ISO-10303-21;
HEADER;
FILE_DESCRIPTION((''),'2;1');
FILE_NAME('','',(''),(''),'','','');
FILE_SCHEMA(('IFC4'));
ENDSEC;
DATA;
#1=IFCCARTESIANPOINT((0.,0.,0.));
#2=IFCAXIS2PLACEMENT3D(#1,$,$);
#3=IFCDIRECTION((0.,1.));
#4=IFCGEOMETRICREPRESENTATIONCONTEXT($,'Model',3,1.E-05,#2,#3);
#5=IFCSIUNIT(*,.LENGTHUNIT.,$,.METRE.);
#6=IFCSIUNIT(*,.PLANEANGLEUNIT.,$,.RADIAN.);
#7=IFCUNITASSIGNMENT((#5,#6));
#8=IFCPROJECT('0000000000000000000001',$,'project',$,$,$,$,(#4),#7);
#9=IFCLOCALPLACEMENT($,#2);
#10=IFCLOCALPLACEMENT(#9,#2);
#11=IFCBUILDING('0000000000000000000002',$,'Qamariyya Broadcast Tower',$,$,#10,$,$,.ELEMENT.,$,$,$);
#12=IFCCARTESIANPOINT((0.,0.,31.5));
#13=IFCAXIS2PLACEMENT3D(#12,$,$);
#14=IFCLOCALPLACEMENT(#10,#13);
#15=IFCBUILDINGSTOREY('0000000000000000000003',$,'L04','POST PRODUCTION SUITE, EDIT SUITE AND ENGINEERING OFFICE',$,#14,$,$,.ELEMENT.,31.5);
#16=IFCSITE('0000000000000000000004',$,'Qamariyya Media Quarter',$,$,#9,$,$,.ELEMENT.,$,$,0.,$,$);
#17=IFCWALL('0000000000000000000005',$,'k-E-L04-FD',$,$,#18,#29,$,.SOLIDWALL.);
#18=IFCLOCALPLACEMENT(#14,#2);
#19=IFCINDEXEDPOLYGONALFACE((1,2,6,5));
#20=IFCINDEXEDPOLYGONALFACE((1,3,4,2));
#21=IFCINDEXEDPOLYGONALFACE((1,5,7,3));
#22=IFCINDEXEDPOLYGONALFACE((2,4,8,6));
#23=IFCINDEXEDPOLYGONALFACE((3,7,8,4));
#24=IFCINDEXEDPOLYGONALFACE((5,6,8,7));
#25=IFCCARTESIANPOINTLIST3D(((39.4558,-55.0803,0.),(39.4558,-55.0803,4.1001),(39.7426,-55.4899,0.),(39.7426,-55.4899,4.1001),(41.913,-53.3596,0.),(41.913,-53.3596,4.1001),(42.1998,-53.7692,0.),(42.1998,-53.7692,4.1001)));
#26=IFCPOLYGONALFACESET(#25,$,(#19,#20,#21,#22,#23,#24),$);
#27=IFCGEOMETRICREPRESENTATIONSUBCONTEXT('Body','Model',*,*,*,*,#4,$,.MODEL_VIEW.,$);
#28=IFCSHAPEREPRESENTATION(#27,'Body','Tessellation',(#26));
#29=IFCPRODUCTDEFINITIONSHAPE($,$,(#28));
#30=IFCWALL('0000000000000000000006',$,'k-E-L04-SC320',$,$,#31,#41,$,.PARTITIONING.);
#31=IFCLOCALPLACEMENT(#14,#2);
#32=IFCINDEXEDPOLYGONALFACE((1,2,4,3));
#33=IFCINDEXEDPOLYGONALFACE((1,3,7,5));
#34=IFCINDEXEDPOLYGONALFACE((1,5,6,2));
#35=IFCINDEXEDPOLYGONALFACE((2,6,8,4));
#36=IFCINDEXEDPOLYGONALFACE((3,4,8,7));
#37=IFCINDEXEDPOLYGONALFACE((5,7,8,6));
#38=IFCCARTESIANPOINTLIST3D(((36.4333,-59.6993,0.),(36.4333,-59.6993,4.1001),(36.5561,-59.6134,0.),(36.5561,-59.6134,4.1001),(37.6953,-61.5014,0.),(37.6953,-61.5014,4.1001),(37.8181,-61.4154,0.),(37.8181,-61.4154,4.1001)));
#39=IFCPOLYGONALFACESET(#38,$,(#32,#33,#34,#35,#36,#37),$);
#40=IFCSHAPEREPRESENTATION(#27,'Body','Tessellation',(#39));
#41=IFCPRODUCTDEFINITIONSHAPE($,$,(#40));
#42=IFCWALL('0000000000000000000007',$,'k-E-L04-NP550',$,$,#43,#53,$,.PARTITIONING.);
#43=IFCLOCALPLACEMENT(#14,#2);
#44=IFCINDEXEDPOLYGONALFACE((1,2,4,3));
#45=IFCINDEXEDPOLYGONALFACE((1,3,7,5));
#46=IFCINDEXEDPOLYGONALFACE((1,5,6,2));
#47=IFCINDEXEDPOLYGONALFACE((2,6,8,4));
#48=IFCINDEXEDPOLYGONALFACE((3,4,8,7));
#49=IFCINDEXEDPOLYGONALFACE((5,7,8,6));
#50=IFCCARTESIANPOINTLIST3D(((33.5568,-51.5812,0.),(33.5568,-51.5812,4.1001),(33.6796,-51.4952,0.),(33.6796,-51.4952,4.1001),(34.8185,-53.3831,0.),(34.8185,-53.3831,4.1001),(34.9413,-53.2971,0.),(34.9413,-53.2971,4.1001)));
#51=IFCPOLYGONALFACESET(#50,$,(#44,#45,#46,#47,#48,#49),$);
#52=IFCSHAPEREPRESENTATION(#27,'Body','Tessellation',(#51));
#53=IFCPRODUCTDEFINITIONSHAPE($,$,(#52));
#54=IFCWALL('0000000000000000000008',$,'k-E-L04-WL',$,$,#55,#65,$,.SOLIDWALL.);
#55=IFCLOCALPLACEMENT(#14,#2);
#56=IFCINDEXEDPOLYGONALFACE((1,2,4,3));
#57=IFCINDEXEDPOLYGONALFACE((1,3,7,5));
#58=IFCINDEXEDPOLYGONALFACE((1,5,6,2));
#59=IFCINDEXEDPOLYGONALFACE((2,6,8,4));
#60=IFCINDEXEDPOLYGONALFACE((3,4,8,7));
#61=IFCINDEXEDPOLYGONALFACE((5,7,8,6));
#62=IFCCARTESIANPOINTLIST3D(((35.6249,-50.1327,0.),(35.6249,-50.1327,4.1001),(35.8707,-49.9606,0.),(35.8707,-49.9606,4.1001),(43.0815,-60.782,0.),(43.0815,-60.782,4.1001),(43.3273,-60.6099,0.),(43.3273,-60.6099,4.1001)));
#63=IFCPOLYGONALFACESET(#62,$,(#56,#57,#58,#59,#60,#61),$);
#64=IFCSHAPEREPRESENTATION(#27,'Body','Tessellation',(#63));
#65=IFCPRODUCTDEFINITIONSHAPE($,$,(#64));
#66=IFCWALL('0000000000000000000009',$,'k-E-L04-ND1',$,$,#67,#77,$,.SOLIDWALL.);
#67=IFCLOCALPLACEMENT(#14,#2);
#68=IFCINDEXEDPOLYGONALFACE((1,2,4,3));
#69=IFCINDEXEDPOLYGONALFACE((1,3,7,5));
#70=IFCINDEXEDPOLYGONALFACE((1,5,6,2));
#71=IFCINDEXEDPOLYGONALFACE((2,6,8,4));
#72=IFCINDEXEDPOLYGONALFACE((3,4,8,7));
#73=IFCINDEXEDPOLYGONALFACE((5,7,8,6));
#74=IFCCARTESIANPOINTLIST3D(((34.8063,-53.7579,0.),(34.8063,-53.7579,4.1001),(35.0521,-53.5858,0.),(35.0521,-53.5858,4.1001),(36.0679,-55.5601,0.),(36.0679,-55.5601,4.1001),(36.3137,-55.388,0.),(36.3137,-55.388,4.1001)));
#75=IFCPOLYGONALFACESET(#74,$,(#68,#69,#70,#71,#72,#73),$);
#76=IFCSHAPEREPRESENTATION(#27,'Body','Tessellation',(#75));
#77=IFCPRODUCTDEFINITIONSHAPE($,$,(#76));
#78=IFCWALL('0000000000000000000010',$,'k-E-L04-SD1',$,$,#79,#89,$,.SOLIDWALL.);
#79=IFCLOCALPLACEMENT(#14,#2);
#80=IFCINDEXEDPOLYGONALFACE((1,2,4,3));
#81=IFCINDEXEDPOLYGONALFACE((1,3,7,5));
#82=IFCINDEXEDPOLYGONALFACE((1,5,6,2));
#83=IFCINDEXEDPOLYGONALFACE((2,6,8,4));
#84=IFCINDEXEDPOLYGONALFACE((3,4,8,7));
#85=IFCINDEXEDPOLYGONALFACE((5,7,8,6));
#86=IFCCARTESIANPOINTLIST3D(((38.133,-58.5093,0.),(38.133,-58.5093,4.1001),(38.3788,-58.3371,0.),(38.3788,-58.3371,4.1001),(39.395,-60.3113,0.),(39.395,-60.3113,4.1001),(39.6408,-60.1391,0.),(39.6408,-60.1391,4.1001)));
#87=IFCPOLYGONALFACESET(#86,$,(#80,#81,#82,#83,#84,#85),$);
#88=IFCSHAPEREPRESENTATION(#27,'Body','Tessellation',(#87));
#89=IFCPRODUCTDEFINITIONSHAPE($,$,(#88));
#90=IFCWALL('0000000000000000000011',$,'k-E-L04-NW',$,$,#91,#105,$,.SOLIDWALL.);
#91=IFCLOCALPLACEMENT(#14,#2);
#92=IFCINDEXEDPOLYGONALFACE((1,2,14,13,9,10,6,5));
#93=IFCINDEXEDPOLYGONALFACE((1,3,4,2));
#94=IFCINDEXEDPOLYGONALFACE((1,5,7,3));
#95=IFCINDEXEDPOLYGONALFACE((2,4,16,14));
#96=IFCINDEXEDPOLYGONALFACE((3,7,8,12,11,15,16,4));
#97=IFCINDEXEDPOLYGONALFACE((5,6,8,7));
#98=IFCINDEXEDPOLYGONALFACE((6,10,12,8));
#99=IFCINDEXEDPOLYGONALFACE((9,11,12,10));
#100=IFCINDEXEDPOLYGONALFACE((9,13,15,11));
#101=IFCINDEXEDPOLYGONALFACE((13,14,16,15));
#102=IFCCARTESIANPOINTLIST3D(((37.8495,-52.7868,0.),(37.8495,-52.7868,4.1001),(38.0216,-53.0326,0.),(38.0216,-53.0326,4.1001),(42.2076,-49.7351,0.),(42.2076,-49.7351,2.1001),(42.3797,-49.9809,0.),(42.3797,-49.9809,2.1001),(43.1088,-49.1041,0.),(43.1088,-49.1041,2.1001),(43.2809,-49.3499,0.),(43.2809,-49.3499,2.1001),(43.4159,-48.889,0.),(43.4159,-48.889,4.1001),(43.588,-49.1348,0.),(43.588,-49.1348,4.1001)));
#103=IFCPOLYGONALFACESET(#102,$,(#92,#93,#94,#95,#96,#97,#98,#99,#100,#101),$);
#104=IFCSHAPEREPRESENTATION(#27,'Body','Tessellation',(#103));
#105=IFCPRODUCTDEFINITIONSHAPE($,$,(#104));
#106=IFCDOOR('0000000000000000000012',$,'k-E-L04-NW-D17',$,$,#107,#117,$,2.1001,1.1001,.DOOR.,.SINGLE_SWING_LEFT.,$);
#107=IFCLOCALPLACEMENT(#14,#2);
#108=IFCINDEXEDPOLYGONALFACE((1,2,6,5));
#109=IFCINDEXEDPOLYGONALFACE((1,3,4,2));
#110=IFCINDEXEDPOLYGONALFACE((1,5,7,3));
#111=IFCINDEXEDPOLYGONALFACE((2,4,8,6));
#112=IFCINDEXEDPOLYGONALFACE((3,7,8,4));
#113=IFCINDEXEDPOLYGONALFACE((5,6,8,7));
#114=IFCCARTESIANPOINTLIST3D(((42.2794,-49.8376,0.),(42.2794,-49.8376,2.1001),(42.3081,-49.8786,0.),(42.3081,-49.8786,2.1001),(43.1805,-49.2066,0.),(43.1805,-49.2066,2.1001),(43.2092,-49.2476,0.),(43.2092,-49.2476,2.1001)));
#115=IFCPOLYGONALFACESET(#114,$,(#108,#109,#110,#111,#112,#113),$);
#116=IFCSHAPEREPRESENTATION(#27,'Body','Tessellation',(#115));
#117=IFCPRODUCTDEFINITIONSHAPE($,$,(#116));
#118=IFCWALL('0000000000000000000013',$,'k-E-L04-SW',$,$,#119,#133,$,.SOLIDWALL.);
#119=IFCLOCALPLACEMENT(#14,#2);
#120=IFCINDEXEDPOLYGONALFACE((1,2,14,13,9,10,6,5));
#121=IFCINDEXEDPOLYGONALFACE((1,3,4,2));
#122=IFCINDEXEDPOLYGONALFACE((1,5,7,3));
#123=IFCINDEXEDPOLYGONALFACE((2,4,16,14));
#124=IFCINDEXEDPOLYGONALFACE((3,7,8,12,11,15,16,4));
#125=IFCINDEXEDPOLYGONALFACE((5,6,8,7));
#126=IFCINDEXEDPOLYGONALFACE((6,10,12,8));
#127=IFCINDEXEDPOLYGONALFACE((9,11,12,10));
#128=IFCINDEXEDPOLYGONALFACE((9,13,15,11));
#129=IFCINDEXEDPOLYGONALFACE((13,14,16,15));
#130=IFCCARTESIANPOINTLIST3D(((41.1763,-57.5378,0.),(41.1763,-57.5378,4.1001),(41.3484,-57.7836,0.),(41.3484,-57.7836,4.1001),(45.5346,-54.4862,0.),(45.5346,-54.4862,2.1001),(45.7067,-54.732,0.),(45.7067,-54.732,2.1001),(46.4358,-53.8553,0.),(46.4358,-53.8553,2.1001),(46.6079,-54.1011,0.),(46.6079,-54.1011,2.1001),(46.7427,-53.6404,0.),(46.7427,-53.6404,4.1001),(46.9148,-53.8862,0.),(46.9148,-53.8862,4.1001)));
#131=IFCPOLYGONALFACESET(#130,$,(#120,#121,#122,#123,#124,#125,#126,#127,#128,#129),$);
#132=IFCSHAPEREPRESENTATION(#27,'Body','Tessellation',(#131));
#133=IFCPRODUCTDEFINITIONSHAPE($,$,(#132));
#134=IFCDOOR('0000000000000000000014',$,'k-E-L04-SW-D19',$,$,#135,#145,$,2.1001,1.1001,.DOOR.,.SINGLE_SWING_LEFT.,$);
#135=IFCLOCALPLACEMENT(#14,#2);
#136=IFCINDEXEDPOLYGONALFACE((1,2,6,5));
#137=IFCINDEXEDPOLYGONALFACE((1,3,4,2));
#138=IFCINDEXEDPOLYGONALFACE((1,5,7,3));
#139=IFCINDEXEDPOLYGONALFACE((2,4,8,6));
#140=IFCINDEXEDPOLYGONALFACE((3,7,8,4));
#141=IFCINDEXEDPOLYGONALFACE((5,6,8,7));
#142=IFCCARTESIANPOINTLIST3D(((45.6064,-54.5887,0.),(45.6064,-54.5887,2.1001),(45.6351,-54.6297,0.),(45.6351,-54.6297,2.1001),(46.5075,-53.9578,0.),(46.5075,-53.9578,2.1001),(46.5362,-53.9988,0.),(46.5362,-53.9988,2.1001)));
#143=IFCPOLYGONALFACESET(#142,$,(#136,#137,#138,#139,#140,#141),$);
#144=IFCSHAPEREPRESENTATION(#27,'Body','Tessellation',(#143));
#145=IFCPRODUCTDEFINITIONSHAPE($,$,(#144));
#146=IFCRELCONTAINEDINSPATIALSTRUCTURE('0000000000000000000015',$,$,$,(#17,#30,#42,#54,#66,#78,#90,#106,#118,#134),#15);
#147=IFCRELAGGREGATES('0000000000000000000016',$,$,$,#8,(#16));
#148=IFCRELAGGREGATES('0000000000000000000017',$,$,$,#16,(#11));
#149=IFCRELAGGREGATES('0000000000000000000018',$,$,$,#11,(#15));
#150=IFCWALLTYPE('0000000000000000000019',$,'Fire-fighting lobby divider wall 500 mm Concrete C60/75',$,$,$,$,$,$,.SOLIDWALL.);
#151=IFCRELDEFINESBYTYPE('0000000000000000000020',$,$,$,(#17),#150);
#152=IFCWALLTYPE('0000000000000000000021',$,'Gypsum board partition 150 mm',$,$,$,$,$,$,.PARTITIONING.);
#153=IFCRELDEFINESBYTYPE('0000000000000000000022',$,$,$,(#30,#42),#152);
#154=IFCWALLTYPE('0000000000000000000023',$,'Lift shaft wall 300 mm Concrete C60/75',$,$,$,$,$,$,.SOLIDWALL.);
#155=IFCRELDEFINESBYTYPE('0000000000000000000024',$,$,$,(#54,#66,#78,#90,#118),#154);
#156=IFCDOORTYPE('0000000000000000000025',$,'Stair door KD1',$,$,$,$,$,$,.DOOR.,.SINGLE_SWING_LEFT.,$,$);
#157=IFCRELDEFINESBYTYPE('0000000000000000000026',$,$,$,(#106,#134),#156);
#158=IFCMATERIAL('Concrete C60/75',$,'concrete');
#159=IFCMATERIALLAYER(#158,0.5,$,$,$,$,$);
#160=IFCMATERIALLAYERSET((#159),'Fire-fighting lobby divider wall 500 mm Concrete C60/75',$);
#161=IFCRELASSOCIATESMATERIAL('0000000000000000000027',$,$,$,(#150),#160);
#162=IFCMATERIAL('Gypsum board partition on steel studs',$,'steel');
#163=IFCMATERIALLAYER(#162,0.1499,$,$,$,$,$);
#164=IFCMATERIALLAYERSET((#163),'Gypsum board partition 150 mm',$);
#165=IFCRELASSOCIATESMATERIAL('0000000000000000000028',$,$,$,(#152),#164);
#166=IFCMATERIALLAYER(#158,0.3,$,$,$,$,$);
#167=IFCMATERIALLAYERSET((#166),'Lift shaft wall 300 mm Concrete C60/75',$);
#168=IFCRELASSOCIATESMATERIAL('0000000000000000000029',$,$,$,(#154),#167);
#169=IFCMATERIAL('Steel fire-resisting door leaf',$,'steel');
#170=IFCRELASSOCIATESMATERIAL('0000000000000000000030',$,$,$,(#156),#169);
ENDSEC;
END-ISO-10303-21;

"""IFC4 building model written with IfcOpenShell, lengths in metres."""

from ifc_helpers import new_model, si_unit, direction, frame, frame_2d, origin, place, context, subcontext, project, spatial, rectangle, extrude, material, layer, layer_set, type_object, element, fill, save


model = new_model("IFC4")

# Units and contexts
model_context = context("Model", 3, precision=1e-05, world=origin(), true_north=direction((0.0, 1.0)))
body_context = subcontext(model_context, "Body", "Model", "MODEL_VIEW")
ifc_project = project(units=[si_unit("LENGTHUNIT", "METRE"), si_unit("PLANEANGLEUNIT", "RADIAN")], contexts=[model_context])

# Site, building, storey
site_placement = place(None, origin())
site = spatial("IfcSite", under=ifc_project, at=site_placement, Name="Qamariyya Media Quarter", CompositionType="ELEMENT", RefElevation=0.0)
building_placement = place(site_placement, origin())
building = spatial("IfcBuilding", under=site, at=building_placement, Name="Qamariyya Broadcast Tower", CompositionType="ELEMENT")
storey_placement = place(building_placement, frame((0.0, 0.0, 31.5)))
storey = spatial("IfcBuildingStorey", under=building, at=storey_placement, Name="L04", Description="POST PRODUCTION SUITE, EDIT SUITE AND ENGINEERING OFFICE", CompositionType="ELEMENT", Elevation=31.5)

# Walls
ifc_material_1 = material(Name="Concrete C60/75", Category="concrete")
ifc_layer_1 = layer(ifc_material_1, 0.5)
ifc_layer_set_1 = layer_set([ifc_layer_1], Name="Fire-fighting lobby divider wall 500 mm Concrete C60/75")
wall_type_1 = type_object("IfcWallType", Name="Fire-fighting lobby divider wall 500 mm Concrete C60/75", PredefinedType="SOLIDWALL", material=ifc_layer_set_1)
wall_1_placement = place(storey_placement, frame((39.5991, -55.2852, 0.0), z_axis=(0.0, 0.0, 1.0), x_axis=(0.819136, 0.573599, 0.0)))
element("IfcWall", 1, at=wall_1_placement, inside=storey, type_object=wall_type_1, Name="k-E-L04-FD", PredefinedType="SOLIDWALL", context=body_context, shape_type="SweptSolid", body=[
    extrude(rectangle(XDim=2.9998, YDim=0.5, at=frame_2d((1.5, 0.0))), origin(), (0.0, 0.0, 1.0), 4.1001),
])
ifc_material_2 = material(Name="Gypsum board partition on steel studs", Category="steel")
ifc_layer_2 = layer(ifc_material_2, 0.1499)
ifc_layer_set_2 = layer_set([ifc_layer_2], Name="Gypsum board partition 150 mm")
wall_type_2 = type_object("IfcWallType", Name="Gypsum board partition 150 mm", PredefinedType="PARTITIONING", material=ifc_layer_set_2)
wall_2_placement = place(storey_placement, frame((36.4946, -59.6562, 0.0), z_axis=(0.0, 0.0, 1.0), x_axis=(0.573634, -0.819112, 0.0)))
element("IfcWall", 2, at=wall_2_placement, inside=storey, type_object=wall_type_2, Name="k-E-L04-SC320", PredefinedType="PARTITIONING", context=body_context, shape_type="SweptSolid", body=[
    extrude(rectangle(XDim=2.2, YDim=0.1499, at=frame_2d((1.1001, 0.0))), origin(), (0.0, 0.0, 1.0), 4.1001),
])
wall_3_placement = place(storey_placement, frame((34.8799, -53.3401, 0.0), z_axis=(0.0, 0.0, 1.0), x_axis=(-0.573559, 0.819164, 0.0)))
element("IfcWall", 3, at=wall_3_placement, inside=storey, type_object=wall_type_2, Name="k-E-L04-NP550", PredefinedType="PARTITIONING", context=body_context, shape_type="SweptSolid", body=[
    extrude(rectangle(XDim=2.1997, YDim=0.1499, at=frame_2d((1.0999, 0.0))), origin(), (0.0, 0.0, 1.0), 4.1001),
])
ifc_layer_3 = layer(ifc_material_1, 0.3)
ifc_layer_set_3 = layer_set([ifc_layer_3], Name="Lift shaft wall 300 mm Concrete C60/75")
wall_type_3 = type_object("IfcWallType", Name="Lift shaft wall 300 mm Concrete C60/75", PredefinedType="SOLIDWALL", material=ifc_layer_set_3)
wall_4_placement = place(storey_placement, frame((43.2043, -60.6958, 0.0), z_axis=(0.0, 0.0, 1.0), x_axis=(-0.573572, 0.819155, 0.0)))
element("IfcWall", 4, at=wall_4_placement, inside=storey, type_object=wall_type_3, Name="k-E-L04-WL", PredefinedType="SOLIDWALL", context=body_context, shape_type="SweptSolid", body=[
    extrude(rectangle(XDim=13.0002, YDim=0.3, at=frame_2d((6.5, 0.0))), origin(), (0.0, 0.0, 1.0), 4.1001),
])
for number, where, z_axis, x_axis, name in (
    (5, (36.1909, -55.4741, 0.0), (0.0, 0.0, 1.0), (-0.573507, 0.819201, 0.0), "k-E-L04-ND1"),
    (6, (38.2559, -58.4231, 0.0), (0.0, 0.0, 1.0), (0.573634, -0.819112, 0.0), "k-E-L04-SD1"),
):
    element("IfcWall", number, at=place(storey_placement, frame(where, z_axis=z_axis, x_axis=x_axis)), inside=storey, type_object=wall_type_3, Name=name, PredefinedType="SOLIDWALL", context=body_context, shape_type="SweptSolid", body=[
        extrude(rectangle(XDim=2.2, YDim=0.3, at=frame_2d((1.1001, 0.0))), origin(), (0.0, 0.0, 1.0), 4.1001),
    ])

# Walls, openings, doors
wall_5_placement = place(storey_placement, frame((37.9355, -52.9097, 0.0), z_axis=(0.0, 0.0, 1.0), x_axis=(0.819148, 0.573583, 0.0)))
wall_5 = element("IfcWall", 7, at=wall_5_placement, inside=storey, type_object=wall_type_3, Name="k-E-L04-NW", PredefinedType="SOLIDWALL", context=body_context, shape_type="SweptSolid", body=[
    extrude(rectangle(XDim=6.7954, YDim=0.3, at=frame_2d((3.3977, 0.0))), origin(), (0.0, 0.0, 1.0), 4.1001),
])
opening_1_placement = place(wall_5_placement, frame((5.3203, 0.0, 0.0)))
opening_1 = element("IfcOpeningElement", 8, at=opening_1_placement, cuts=wall_5, PredefinedType="OPENING", context=body_context, shape_type="SweptSolid", body=[
    extrude(rectangle(XDim=1.1001, YDim=2.1001, at=frame_2d((0.55, 1.05))), frame((0.0, 0.1599, 0.0), z_axis=(0.0, -1.0, 0.0), x_axis=(1.0, 0.0, 0.0)), (0.0, 0.0, 1.0), 0.3201),
])
ifc_material_3 = material(Name="Steel fire-resisting door leaf", Category="steel")
door_type_1 = type_object("IfcDoorType", Name="Stair door KD1", OperationType="SINGLE_SWING_LEFT", PredefinedType="DOOR", material=ifc_material_3)
door_1_placement = place(opening_1_placement, origin())
door_1 = element("IfcDoor", 9, at=door_1_placement, inside=storey, type_object=door_type_1, Name="k-E-L04-NW-D17", OperationType="SINGLE_SWING_LEFT", OverallHeight=2.1001, OverallWidth=1.1001, PredefinedType="DOOR", context=body_context, shape_type="SweptSolid", body=[
    extrude(rectangle(XDim=1.1001, YDim=2.1001, at=frame_2d((0.55, 1.05))), frame((0.0, 0.0249, 0.0), z_axis=(0.0, -1.0, 0.0), x_axis=(1.0, 0.0, 0.0)), (0.0, 0.0, 1.0), 0.05),
])
fill(opening_1, door_1)
wall_6_placement = place(storey_placement, frame((41.2625, -57.6606, 0.0), z_axis=(0.0, 0.0, 1.0), x_axis=(0.819164, 0.573559, 0.0)))
wall_6 = element("IfcWall", 10, at=wall_6_placement, inside=storey, type_object=wall_type_3, Name="k-E-L04-SW", PredefinedType="SOLIDWALL", context=body_context, shape_type="SweptSolid", body=[
    extrude(rectangle(XDim=6.7952, YDim=0.3, at=frame_2d((3.3975, 0.0))), origin(), (0.0, 0.0, 1.0), 4.1001),
])
opening_2_placement = place(wall_6_placement, frame((5.3203, 0.0, 0.0)))
opening_2 = element("IfcOpeningElement", 11, at=opening_2_placement, cuts=wall_6, PredefinedType="OPENING", context=body_context, shape_type="SweptSolid", body=[
    extrude(rectangle(XDim=1.1001, YDim=2.1001, at=frame_2d((0.55, 1.05))), frame((0.0, 0.1599, 0.0), z_axis=(0.0, -1.0, 0.0), x_axis=(1.0, 0.0, 0.0)), (0.0, 0.0, 1.0), 0.3201),
])
door_2_placement = place(opening_2_placement, origin())
door_2 = element("IfcDoor", 12, at=door_2_placement, inside=storey, type_object=door_type_1, Name="k-E-L04-SW-D19", OperationType="SINGLE_SWING_LEFT", OverallHeight=2.1001, OverallWidth=1.1001, PredefinedType="DOOR", context=body_context, shape_type="SweptSolid", body=[
    extrude(rectangle(XDim=1.1001, YDim=2.1001, at=frame_2d((0.55, 1.05))), frame((0.0, 0.0249, 0.0), z_axis=(0.0, -1.0, 0.0), x_axis=(1.0, 0.0, 0.0)), (0.0, 0.0, 1.0), 0.05),
])
fill(opening_2, door_2)

save(model, "model.ifc")
